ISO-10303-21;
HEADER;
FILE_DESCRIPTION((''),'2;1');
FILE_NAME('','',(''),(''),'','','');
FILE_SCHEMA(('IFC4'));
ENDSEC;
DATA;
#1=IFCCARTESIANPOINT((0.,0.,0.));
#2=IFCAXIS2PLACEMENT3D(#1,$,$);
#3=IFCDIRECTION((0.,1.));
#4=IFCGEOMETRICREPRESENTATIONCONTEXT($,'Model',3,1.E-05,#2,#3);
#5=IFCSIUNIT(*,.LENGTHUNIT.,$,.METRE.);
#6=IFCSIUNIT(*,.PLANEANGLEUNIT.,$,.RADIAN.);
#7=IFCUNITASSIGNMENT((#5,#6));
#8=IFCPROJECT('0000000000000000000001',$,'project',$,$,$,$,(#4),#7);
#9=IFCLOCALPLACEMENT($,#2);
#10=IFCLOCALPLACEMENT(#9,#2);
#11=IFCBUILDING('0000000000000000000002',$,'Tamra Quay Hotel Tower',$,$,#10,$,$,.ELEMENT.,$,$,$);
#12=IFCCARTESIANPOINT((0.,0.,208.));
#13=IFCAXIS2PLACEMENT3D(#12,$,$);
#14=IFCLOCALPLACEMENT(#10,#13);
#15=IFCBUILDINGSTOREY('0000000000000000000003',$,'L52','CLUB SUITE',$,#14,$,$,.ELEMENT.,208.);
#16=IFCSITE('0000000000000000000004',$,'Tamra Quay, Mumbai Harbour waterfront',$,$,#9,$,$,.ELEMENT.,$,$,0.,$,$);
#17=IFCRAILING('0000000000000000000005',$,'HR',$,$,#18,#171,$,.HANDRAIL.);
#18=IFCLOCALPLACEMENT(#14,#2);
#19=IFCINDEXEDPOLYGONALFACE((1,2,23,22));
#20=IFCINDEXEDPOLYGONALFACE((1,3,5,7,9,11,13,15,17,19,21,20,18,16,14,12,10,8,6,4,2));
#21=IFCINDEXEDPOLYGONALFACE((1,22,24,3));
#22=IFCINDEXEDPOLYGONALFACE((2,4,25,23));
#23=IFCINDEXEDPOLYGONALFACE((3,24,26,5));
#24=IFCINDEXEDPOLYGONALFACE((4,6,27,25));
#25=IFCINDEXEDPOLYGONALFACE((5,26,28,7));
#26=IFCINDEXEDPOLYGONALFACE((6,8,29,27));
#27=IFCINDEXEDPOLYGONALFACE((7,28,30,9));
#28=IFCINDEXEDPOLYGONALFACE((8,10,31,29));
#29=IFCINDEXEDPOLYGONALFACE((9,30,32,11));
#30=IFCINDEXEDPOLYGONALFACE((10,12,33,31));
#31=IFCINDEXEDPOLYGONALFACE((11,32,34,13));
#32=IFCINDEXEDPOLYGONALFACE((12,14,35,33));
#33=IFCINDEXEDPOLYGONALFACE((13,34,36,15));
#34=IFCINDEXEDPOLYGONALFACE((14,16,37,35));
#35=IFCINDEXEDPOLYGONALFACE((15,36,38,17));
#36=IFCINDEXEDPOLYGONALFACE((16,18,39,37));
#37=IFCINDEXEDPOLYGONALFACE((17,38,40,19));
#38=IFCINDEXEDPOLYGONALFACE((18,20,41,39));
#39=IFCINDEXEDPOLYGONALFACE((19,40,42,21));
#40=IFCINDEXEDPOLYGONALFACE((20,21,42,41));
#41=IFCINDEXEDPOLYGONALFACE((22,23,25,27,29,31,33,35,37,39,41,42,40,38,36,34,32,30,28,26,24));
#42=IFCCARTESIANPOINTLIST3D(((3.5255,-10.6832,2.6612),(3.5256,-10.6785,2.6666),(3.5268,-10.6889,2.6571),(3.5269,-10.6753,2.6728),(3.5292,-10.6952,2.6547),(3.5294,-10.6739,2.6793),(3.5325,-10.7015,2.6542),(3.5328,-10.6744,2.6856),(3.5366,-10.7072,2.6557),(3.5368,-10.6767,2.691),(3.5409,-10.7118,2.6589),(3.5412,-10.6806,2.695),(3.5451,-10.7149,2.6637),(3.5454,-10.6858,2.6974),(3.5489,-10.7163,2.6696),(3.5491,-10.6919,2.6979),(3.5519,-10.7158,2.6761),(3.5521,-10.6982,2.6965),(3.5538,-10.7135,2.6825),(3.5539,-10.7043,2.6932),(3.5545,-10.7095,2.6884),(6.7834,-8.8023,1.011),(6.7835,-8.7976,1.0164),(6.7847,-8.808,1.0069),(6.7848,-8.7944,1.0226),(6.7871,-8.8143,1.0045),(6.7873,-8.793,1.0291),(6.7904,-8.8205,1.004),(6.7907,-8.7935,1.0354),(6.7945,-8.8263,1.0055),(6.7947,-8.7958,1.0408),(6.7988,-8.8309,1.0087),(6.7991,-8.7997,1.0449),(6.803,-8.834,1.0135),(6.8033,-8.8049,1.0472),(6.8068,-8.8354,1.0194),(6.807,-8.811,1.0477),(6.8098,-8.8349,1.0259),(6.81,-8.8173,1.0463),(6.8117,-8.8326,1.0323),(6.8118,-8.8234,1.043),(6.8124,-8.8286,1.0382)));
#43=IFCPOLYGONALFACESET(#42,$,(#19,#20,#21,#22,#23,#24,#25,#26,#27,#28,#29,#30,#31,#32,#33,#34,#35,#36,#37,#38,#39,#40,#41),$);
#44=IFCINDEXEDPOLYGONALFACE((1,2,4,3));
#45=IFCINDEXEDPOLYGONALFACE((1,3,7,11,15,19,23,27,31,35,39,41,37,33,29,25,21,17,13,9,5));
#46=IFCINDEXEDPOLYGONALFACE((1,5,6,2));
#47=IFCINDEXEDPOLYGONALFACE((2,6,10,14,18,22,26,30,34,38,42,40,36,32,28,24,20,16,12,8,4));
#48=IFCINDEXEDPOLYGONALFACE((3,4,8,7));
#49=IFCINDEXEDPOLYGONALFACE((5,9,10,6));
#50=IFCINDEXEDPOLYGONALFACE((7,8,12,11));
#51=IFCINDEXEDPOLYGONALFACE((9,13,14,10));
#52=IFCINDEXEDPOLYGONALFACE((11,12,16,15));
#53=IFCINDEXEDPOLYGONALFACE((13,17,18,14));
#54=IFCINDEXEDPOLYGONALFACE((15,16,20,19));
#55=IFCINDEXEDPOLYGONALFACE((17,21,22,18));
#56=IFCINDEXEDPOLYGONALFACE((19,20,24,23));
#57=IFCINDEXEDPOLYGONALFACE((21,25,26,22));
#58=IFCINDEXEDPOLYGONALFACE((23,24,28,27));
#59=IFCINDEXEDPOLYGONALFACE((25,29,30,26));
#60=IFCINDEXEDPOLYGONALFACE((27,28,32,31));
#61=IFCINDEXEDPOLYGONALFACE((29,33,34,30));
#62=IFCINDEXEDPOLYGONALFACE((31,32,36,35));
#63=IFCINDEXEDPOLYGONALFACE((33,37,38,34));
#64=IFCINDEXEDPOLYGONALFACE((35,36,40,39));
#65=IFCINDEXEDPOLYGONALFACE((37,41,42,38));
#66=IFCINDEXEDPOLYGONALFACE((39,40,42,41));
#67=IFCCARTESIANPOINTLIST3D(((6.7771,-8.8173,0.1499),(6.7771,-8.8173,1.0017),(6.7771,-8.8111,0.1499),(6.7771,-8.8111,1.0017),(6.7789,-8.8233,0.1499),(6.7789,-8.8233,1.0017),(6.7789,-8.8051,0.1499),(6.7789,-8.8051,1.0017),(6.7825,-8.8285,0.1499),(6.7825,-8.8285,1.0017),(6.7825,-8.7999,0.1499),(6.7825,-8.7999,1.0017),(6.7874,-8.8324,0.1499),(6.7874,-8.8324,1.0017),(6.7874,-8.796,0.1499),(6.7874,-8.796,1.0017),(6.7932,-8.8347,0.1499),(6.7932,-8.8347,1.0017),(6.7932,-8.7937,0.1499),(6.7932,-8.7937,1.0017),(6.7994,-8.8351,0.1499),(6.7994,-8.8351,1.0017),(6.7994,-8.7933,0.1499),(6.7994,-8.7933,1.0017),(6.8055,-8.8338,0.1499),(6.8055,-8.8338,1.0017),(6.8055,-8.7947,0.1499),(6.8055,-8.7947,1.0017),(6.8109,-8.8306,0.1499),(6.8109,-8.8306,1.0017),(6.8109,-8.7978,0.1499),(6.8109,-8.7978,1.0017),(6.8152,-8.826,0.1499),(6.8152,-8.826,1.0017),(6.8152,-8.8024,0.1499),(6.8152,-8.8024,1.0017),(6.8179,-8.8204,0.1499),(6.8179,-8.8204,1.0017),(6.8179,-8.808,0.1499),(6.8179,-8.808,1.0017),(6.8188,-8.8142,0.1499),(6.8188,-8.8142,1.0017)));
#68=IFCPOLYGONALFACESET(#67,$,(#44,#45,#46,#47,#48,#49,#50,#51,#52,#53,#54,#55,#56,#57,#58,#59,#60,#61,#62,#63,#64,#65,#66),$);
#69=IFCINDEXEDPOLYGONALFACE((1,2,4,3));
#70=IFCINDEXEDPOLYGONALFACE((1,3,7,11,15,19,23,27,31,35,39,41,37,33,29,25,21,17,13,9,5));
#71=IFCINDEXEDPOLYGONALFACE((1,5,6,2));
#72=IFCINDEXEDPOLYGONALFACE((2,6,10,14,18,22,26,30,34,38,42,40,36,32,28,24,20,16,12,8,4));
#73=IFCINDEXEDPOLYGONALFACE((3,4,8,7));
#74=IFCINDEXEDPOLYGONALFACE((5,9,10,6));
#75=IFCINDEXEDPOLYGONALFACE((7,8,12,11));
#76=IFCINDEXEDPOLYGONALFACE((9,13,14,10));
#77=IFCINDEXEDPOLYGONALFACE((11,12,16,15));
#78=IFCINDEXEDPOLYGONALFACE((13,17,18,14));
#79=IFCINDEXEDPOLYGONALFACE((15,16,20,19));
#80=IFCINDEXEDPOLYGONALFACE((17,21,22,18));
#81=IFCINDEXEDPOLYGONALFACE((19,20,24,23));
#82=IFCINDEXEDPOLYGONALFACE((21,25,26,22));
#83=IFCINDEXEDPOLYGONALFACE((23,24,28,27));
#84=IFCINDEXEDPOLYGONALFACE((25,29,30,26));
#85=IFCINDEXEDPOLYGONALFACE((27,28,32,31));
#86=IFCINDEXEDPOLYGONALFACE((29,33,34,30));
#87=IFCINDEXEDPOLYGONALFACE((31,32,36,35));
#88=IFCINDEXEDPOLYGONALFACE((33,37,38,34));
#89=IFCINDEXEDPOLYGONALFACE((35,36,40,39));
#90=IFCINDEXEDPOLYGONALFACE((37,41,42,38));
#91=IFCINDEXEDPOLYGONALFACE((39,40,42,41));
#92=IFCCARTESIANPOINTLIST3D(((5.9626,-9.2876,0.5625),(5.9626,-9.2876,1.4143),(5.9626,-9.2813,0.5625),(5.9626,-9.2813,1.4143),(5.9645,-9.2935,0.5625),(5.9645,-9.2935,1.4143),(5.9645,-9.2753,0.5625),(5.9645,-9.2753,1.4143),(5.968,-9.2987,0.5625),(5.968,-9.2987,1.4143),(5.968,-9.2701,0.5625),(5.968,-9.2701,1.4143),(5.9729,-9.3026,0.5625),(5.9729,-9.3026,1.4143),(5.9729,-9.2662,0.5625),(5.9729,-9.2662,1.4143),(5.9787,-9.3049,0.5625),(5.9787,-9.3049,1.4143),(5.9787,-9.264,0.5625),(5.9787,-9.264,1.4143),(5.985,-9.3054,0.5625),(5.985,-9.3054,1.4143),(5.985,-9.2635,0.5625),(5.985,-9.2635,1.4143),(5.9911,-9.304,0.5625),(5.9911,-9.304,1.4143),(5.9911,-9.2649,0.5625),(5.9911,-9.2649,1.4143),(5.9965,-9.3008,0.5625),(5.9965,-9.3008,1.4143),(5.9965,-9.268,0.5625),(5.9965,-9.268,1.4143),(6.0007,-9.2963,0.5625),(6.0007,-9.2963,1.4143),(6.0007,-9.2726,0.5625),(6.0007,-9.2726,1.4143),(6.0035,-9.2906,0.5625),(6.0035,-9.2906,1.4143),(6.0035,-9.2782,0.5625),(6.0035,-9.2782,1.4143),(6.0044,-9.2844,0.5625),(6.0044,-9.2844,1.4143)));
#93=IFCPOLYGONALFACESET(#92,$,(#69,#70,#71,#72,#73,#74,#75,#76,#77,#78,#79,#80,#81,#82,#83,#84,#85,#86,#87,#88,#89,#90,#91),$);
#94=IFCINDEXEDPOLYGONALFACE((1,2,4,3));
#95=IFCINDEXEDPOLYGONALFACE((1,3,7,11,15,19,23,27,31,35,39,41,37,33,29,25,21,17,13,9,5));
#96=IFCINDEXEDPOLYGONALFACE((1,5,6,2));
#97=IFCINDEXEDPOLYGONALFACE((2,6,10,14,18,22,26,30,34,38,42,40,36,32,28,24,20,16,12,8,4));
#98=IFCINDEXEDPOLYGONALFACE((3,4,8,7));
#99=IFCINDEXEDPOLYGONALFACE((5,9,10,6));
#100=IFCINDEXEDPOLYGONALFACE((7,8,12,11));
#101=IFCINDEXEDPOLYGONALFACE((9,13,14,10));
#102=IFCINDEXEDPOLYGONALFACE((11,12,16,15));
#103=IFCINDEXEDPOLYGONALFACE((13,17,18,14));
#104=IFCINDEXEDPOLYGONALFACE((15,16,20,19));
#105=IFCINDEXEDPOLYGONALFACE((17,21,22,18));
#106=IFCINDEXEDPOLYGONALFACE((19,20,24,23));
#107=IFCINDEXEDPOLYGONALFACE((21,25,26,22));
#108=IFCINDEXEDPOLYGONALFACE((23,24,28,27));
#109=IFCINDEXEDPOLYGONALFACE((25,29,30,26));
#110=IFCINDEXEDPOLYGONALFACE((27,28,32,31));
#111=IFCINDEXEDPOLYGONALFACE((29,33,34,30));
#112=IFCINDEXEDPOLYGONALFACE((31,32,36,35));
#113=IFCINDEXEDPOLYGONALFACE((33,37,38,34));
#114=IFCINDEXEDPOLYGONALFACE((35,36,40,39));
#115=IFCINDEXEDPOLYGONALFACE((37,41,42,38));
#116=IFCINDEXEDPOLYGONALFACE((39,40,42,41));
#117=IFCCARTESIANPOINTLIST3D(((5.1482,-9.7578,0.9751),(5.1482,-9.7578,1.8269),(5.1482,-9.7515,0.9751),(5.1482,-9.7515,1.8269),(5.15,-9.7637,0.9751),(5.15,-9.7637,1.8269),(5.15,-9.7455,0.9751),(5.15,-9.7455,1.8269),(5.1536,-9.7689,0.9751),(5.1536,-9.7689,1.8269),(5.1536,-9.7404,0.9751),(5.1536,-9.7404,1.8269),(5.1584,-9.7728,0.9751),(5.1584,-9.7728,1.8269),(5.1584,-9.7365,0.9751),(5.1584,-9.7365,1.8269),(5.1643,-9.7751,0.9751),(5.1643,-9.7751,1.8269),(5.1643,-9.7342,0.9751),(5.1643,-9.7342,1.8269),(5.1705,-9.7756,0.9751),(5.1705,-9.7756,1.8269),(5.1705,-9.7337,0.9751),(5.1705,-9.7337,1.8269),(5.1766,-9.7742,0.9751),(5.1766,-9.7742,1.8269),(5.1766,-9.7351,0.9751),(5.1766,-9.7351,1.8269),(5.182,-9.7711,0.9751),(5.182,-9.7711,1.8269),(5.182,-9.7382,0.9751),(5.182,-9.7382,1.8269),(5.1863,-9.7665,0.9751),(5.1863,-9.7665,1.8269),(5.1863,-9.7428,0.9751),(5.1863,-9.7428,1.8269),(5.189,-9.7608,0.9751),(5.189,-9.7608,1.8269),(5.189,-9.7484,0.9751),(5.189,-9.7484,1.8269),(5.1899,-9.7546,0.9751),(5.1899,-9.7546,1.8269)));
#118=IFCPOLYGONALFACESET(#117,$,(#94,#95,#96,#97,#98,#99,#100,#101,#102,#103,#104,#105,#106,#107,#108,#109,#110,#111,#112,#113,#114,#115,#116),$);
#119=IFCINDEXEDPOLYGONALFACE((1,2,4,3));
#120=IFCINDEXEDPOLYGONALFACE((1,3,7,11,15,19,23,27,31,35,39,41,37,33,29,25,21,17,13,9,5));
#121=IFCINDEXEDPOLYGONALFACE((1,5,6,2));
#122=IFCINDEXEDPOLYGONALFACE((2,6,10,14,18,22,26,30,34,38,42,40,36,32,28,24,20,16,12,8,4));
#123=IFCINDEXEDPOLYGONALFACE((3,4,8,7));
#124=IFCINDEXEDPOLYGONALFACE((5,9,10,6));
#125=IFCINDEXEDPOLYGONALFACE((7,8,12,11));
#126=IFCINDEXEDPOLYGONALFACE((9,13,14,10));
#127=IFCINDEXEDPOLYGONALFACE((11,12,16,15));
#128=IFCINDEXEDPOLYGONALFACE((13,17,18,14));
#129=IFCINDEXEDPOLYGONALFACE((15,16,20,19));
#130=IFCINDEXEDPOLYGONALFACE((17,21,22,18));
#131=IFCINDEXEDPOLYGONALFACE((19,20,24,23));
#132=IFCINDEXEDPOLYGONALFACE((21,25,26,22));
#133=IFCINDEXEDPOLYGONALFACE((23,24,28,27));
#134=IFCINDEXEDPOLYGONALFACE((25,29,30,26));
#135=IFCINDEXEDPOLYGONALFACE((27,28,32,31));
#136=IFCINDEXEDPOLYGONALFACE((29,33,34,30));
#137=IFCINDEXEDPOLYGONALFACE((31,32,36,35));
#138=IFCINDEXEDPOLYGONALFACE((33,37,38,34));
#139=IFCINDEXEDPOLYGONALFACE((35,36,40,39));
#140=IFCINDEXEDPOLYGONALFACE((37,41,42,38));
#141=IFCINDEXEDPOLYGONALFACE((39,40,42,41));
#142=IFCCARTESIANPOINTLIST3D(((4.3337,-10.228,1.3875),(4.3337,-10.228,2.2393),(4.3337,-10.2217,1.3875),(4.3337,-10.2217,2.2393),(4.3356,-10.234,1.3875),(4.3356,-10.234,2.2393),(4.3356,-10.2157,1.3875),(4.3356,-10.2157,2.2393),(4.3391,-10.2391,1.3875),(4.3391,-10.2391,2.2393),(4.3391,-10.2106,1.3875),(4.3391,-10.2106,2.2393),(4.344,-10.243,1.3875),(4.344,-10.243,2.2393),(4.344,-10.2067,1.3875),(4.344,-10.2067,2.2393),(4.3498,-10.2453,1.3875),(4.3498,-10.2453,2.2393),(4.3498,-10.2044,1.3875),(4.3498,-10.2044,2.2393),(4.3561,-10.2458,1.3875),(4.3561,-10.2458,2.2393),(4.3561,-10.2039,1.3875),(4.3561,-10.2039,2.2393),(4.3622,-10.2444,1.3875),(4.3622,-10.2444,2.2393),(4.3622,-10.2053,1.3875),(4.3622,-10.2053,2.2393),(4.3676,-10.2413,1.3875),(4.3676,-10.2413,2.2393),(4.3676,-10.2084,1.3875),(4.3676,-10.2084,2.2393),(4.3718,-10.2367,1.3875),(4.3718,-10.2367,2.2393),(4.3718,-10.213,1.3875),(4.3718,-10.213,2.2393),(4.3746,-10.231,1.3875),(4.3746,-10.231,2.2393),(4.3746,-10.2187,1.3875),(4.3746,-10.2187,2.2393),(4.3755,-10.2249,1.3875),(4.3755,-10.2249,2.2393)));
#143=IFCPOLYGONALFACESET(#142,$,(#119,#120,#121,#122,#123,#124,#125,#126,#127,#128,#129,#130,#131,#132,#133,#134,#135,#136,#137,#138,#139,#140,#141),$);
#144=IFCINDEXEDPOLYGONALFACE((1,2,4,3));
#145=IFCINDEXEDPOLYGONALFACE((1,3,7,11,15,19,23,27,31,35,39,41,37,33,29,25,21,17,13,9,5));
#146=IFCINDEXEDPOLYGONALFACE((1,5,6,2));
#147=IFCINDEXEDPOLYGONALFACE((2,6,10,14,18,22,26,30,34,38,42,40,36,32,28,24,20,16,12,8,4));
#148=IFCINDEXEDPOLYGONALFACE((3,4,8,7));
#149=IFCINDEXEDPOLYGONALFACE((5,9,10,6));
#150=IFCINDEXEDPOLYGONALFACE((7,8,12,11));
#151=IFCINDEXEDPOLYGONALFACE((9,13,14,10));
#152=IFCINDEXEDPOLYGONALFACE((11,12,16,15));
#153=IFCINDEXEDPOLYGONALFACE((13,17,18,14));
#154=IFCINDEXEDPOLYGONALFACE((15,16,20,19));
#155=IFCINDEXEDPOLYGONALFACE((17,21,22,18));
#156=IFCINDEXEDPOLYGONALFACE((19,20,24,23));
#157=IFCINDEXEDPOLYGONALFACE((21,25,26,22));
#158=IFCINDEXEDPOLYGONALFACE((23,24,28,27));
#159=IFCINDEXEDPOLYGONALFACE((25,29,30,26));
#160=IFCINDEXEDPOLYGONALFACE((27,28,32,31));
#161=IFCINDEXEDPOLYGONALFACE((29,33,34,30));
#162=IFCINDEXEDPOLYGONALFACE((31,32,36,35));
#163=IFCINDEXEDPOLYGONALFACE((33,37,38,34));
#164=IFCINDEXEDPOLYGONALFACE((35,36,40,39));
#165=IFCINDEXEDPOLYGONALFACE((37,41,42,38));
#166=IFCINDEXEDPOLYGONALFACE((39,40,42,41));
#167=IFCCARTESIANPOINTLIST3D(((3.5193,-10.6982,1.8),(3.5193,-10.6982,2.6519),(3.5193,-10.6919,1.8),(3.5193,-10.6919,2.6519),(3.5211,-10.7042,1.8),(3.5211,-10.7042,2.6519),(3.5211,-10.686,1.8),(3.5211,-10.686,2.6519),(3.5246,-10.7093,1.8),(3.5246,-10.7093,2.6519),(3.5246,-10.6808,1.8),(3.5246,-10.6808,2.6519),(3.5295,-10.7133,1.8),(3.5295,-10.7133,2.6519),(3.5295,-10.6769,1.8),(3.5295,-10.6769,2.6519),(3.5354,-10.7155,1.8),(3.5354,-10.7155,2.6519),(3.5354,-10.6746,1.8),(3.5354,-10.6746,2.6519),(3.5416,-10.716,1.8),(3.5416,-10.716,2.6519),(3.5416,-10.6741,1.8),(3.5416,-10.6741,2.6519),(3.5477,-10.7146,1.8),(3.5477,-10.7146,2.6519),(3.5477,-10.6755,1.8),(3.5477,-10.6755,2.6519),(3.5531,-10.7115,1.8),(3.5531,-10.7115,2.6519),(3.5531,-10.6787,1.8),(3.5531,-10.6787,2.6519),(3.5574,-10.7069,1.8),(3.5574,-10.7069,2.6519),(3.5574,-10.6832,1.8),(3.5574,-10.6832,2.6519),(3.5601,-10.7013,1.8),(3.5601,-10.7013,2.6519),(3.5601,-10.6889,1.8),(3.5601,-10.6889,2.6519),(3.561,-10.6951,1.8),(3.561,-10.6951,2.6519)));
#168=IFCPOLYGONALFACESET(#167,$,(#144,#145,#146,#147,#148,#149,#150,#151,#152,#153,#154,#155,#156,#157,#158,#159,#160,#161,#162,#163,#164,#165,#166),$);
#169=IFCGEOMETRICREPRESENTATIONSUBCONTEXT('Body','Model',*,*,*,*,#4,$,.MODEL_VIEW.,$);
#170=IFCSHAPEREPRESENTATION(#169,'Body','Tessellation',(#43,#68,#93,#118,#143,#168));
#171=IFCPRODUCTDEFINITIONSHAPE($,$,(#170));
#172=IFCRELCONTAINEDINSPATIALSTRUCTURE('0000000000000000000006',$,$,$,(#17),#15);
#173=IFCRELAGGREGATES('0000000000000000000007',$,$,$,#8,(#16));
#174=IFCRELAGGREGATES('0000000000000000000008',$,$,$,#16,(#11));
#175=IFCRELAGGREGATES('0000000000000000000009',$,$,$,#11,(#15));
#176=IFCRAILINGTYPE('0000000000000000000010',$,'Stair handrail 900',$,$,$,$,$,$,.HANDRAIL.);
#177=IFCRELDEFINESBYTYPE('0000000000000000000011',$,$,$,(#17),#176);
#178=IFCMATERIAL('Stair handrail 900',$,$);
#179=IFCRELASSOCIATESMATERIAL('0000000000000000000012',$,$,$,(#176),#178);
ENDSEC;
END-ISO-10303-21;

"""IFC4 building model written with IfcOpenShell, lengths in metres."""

from ifc_helpers import new_model, si_unit, direction, frame, origin, origin_2d, place, context, subcontext, project, spatial, circle, extrude, material, type_object, element, save


model = new_model("IFC4")

# Units and contexts
model_context = context("Model", 3, precision=1e-05, world=origin(), true_north=direction((0.0, 1.0)))
body_context = subcontext(model_context, "Body", "Model", "MODEL_VIEW")
ifc_project = project(units=[si_unit("LENGTHUNIT", "METRE"), si_unit("PLANEANGLEUNIT", "RADIAN")], contexts=[model_context])

# Site, building, storey
site_placement = place(None, origin())
site = spatial("IfcSite", under=ifc_project, at=site_placement, Name="Tamra Quay, Mumbai Harbour waterfront", CompositionType="ELEMENT", RefElevation=0.0)
building_placement = place(site_placement, origin())
building = spatial("IfcBuilding", under=site, at=building_placement, Name="Tamra Quay Hotel Tower", CompositionType="ELEMENT")
storey_placement = place(building_placement, frame((0.0, 0.0, 208.0)))
storey = spatial("IfcBuildingStorey", under=building, at=storey_placement, Name="L52", Description="CLUB SUITE", CompositionType="ELEMENT", Elevation=208.0)

# Railing
ifc_material_1 = material(Name="Stair handrail 900")
railing_type_1 = type_object("IfcRailingType", Name="Stair handrail 900", PredefinedType="HANDRAIL", material=ifc_material_1)
railing_1_placement = place(storey_placement, frame((6.7979, -8.8142, 0.1499)))
element("IfcRailing", 1, at=railing_1_placement, inside=storey, type_object=railing_type_1, Name="HR", PredefinedType="HANDRAIL", context=body_context, shape_type="SweptSolid", body=[
    extrude(circle(Radius=0.0239, at=origin_2d()), frame((0.0, 0.0, 0.876), z_axis=(-0.793081, -0.457876, 0.401711), x_axis=(0.499992, -0.86603, 0.0)), (0.0, 0.0, 1.0), 4.1079),
    extrude(circle(Radius=0.021, at=origin_2d()), origin(), (0.0, 0.0, 1.0), 0.8518),
    extrude(circle(Radius=0.021, at=origin_2d()), frame((-0.8145, -0.4702, 0.4126)), (0.0, 0.0, 1.0), 0.8518),
    extrude(circle(Radius=0.021, at=origin_2d()), frame((-1.6289, -0.9404, 0.8252)), (0.0, 0.0, 1.0), 0.8518),
    extrude(circle(Radius=0.021, at=origin_2d()), frame((-2.4434, -1.4106, 1.2375)), (0.0, 0.0, 1.0), 0.8518),
    extrude(circle(Radius=0.021, at=origin_2d()), frame((-3.2578, -1.8809, 1.6501)), (0.0, 0.0, 1.0), 0.8518),
])

save(model, "model.ifc")
